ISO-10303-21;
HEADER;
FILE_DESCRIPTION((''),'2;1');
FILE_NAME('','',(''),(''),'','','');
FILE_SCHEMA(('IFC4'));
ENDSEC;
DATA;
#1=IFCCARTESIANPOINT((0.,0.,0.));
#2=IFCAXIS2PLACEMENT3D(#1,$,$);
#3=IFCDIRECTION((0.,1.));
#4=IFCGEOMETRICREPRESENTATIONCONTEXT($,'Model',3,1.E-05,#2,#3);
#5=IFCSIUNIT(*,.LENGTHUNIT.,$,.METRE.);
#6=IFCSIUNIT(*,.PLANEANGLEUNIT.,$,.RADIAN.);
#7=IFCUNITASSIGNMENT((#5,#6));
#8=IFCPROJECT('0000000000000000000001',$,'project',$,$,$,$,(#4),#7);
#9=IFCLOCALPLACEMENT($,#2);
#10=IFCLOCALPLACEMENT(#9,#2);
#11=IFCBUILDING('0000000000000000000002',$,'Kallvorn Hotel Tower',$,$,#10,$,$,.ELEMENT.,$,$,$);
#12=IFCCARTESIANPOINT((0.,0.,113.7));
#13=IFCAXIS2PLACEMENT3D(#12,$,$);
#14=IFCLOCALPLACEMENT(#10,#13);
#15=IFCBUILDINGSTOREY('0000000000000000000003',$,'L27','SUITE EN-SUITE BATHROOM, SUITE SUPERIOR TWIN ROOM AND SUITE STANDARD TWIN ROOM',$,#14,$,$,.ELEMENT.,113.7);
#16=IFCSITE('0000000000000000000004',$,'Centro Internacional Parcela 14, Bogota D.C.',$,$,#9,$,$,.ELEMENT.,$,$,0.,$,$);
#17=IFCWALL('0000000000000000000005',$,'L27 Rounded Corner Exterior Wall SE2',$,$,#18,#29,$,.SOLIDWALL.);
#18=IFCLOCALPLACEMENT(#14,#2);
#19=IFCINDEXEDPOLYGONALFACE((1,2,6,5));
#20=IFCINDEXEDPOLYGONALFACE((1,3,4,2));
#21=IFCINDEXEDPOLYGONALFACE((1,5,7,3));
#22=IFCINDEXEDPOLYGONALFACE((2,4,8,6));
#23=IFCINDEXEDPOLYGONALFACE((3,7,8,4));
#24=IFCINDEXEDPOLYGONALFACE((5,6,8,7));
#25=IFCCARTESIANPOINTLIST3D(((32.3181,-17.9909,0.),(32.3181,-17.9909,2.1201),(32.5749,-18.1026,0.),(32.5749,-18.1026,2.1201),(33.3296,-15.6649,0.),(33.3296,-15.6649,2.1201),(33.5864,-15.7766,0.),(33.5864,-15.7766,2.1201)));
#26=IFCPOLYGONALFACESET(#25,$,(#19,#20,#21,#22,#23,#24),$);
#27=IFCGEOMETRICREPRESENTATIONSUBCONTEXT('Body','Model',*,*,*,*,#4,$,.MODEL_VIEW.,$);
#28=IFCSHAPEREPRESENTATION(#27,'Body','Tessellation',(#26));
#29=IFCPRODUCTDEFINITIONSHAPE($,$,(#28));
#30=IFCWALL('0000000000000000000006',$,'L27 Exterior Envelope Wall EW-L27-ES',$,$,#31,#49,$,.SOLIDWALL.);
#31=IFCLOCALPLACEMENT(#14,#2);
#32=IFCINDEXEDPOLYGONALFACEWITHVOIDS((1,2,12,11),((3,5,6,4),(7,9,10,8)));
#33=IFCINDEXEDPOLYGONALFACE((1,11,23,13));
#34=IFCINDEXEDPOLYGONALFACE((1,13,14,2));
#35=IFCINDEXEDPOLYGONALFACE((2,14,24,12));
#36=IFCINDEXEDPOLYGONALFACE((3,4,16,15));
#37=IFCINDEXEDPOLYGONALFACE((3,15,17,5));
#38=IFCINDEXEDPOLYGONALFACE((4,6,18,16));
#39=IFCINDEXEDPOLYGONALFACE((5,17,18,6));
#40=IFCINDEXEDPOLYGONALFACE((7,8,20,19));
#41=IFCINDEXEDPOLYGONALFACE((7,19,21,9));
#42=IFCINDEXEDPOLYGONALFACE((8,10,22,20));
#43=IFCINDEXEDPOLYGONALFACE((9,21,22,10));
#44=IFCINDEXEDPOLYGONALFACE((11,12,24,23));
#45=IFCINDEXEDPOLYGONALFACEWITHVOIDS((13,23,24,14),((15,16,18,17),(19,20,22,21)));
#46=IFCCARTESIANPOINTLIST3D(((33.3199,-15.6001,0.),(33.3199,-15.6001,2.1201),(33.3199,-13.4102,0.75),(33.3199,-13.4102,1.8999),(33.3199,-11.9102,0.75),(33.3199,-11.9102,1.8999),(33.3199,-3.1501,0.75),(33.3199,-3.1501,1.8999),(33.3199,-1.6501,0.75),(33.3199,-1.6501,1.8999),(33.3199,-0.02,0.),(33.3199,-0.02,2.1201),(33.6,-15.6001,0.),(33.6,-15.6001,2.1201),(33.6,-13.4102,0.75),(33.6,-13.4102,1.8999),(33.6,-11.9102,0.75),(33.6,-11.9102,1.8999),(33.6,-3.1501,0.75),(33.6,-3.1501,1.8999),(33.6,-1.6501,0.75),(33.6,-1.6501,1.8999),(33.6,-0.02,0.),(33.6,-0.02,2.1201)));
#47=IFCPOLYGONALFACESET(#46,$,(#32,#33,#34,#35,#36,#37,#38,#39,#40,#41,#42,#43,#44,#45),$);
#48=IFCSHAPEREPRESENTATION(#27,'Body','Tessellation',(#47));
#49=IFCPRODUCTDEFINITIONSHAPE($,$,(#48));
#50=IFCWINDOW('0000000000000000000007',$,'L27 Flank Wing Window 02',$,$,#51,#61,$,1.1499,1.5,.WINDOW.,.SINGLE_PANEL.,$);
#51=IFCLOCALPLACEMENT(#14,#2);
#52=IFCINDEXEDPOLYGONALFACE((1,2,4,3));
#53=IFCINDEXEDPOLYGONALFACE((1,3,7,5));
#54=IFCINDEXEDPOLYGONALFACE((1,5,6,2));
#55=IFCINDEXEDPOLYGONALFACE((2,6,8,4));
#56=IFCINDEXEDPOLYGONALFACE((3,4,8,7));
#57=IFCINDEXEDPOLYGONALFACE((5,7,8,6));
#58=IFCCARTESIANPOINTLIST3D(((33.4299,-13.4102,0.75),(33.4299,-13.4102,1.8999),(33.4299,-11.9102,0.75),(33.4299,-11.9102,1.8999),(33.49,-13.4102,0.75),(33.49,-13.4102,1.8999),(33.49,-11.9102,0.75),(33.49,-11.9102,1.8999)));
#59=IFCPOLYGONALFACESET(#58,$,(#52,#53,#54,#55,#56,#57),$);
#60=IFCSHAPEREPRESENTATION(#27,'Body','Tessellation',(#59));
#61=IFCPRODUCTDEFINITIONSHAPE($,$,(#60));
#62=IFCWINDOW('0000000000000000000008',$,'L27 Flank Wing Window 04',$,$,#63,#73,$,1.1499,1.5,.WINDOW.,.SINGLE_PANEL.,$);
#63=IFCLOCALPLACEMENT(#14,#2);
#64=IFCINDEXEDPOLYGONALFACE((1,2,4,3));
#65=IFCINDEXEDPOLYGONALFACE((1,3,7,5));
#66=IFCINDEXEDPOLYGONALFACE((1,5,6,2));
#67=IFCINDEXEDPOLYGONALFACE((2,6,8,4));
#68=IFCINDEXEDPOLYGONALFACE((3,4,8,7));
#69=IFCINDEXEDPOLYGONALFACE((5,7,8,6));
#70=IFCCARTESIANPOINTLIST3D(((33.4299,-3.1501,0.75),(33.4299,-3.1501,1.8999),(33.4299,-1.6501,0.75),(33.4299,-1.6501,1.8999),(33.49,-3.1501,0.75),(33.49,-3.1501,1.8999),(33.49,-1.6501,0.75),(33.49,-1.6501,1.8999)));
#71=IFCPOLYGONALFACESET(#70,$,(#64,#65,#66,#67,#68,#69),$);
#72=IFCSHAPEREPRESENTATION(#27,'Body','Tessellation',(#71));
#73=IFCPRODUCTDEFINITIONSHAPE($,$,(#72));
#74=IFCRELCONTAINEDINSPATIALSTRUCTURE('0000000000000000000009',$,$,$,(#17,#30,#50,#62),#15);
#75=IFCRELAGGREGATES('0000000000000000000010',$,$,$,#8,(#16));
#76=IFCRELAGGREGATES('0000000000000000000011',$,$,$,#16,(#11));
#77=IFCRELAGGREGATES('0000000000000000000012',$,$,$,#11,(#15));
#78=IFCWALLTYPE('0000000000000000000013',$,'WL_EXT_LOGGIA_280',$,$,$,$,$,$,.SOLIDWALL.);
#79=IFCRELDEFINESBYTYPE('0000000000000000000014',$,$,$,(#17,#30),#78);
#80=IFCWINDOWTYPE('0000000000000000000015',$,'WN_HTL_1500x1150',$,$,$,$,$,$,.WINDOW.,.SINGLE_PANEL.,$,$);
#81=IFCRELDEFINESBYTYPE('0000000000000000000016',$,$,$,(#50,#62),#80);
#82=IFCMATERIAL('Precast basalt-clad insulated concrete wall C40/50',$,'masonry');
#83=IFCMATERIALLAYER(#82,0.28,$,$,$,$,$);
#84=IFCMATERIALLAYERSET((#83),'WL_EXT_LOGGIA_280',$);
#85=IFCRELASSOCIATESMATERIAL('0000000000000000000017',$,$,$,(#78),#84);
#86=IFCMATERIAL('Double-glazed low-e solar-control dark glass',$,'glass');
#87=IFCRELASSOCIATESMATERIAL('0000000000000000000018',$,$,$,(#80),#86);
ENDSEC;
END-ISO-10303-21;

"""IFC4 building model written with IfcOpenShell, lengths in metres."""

from ifc_helpers import new_model, si_unit, direction, frame, frame_2d, origin, place, context, subcontext, project, spatial, rectangle, extrude, material, layer, layer_set, type_object, element, fill, save


model = new_model("IFC4")

# Units and contexts
model_context = context("Model", 3, precision=1e-05, world=origin(), true_north=direction((0.0, 1.0)))
body_context = subcontext(model_context, "Body", "Model", "MODEL_VIEW")
ifc_project = project(units=[si_unit("LENGTHUNIT", "METRE"), si_unit("PLANEANGLEUNIT", "RADIAN")], contexts=[model_context])

# Site, building, storey
site_placement = place(None, origin())
site = spatial("IfcSite", under=ifc_project, at=site_placement, Name="Centro Internacional Parcela 14, Bogota D.C.", CompositionType="ELEMENT", RefElevation=0.0)
building_placement = place(site_placement, origin())
building = spatial("IfcBuilding", under=site, at=building_placement, Name="Kallvorn Hotel Tower", CompositionType="ELEMENT")
storey_placement = place(building_placement, frame((0.0, 0.0, 113.7)))
storey = spatial("IfcBuildingStorey", under=building, at=storey_placement, Name="L27", Description="SUITE EN-SUITE BATHROOM, SUITE SUPERIOR TWIN ROOM AND SUITE STANDARD TWIN ROOM", CompositionType="ELEMENT", Elevation=113.7)

# Wall
ifc_material_1 = material(Name="Precast basalt-clad insulated concrete wall C40/50", Category="masonry")
ifc_layer_1 = layer(ifc_material_1, 0.28)
ifc_layer_set_1 = layer_set([ifc_layer_1], Name="WL_EXT_LOGGIA_280")
wall_type_1 = type_object("IfcWallType", Name="WL_EXT_LOGGIA_280", PredefinedType="SOLIDWALL", material=ifc_layer_set_1)
wall_1_placement = place(storey_placement, frame((32.4465, -18.0466, 0.0), z_axis=(0.0, 0.0, 1.0), x_axis=(0.398793, 0.917041, 0.0)))
element("IfcWall", 1, at=wall_1_placement, inside=storey, type_object=wall_type_1, Name="L27 Rounded Corner Exterior Wall SE2", PredefinedType="SOLIDWALL", context=body_context, shape_type="SweptSolid", body=[
    extrude(rectangle(XDim=2.5364, YDim=0.28, at=frame_2d((1.2681, 0.0))), origin(), (0.0, 0.0, 1.0), 2.1201),
])

# Wall, openings, windows
wall_2_placement = place(storey_placement, frame((33.46, -15.6001, 0.0), z_axis=(0.0, 0.0, 1.0), x_axis=(0.0, 1.0, 0.0)))
wall_2 = element("IfcWall", 2, at=wall_2_placement, inside=storey, type_object=wall_type_1, Name="L27 Exterior Envelope Wall EW-L27-ES", PredefinedType="SOLIDWALL", context=body_context, shape_type="SweptSolid", body=[
    extrude(rectangle(XDim=15.5801, YDim=0.28, at=frame_2d((7.79, 0.0))), origin(), (0.0, 0.0, 1.0), 2.1201),
])
opening_1_placement = place(wall_2_placement, frame((2.1899, 0.0, 0.75)))
opening_1 = element("IfcOpeningElement", 3, at=opening_1_placement, cuts=wall_2, PredefinedType="OPENING", context=body_context, shape_type="SweptSolid", body=[
    extrude(rectangle(XDim=1.5, YDim=1.1499, at=frame_2d((0.75, 0.575))), frame((0.0, 0.155, 0.0), z_axis=(0.0, -1.0, 0.0), x_axis=(1.0, 0.0, 0.0)), (0.0, 0.0, 1.0), 0.3101),
])
opening_2_placement = place(wall_2_placement, frame((12.45, 0.0, 0.75)))
opening_2 = element("IfcOpeningElement", 4, at=opening_2_placement, cuts=wall_2, PredefinedType="OPENING", context=body_context, shape_type="SweptSolid", body=[
    extrude(rectangle(XDim=1.5, YDim=1.1499, at=frame_2d((0.75, 0.575))), frame((0.0, 0.155, 0.0), z_axis=(0.0, -1.0, 0.0), x_axis=(1.0, 0.0, 0.0)), (0.0, 0.0, 1.0), 0.3101),
])
ifc_material_2 = material(Name="Double-glazed low-e solar-control dark glass", Category="glass")
window_type = type_object("IfcWindowType", Name="WN_HTL_1500x1150", PartitioningType="SINGLE_PANEL", PredefinedType="WINDOW", material=ifc_material_2)
window_1_placement = place(opening_1_placement, origin())
window_1 = element("IfcWindow", 5, at=window_1_placement, inside=storey, type_object=window_type, Name="L27 Flank Wing Window 02", OverallHeight=1.1499, OverallWidth=1.5, PartitioningType="SINGLE_PANEL", PredefinedType="WINDOW", context=body_context, shape_type="SweptSolid", body=[
    extrude(rectangle(XDim=1.5, YDim=1.1499, at=frame_2d((0.75, 0.575))), frame((0.0, 0.03, 0.0), z_axis=(0.0, -1.0, 0.0), x_axis=(1.0, 0.0, 0.0)), (0.0, 0.0, 1.0), 0.0601),
])
fill(opening_1, window_1)
window_2_placement = place(opening_2_placement, origin())
window_2 = element("IfcWindow", 6, at=window_2_placement, inside=storey, type_object=window_type, Name="L27 Flank Wing Window 04", OverallHeight=1.1499, OverallWidth=1.5, PartitioningType="SINGLE_PANEL", PredefinedType="WINDOW", context=body_context, shape_type="SweptSolid", body=[
    extrude(rectangle(XDim=1.5, YDim=1.1499, at=frame_2d((0.75, 0.575))), frame((0.0, 0.03, 0.0), z_axis=(0.0, -1.0, 0.0), x_axis=(1.0, 0.0, 0.0)), (0.0, 0.0, 1.0), 0.0601),
])
fill(opening_2, window_2)

save(model, "model.ifc")
